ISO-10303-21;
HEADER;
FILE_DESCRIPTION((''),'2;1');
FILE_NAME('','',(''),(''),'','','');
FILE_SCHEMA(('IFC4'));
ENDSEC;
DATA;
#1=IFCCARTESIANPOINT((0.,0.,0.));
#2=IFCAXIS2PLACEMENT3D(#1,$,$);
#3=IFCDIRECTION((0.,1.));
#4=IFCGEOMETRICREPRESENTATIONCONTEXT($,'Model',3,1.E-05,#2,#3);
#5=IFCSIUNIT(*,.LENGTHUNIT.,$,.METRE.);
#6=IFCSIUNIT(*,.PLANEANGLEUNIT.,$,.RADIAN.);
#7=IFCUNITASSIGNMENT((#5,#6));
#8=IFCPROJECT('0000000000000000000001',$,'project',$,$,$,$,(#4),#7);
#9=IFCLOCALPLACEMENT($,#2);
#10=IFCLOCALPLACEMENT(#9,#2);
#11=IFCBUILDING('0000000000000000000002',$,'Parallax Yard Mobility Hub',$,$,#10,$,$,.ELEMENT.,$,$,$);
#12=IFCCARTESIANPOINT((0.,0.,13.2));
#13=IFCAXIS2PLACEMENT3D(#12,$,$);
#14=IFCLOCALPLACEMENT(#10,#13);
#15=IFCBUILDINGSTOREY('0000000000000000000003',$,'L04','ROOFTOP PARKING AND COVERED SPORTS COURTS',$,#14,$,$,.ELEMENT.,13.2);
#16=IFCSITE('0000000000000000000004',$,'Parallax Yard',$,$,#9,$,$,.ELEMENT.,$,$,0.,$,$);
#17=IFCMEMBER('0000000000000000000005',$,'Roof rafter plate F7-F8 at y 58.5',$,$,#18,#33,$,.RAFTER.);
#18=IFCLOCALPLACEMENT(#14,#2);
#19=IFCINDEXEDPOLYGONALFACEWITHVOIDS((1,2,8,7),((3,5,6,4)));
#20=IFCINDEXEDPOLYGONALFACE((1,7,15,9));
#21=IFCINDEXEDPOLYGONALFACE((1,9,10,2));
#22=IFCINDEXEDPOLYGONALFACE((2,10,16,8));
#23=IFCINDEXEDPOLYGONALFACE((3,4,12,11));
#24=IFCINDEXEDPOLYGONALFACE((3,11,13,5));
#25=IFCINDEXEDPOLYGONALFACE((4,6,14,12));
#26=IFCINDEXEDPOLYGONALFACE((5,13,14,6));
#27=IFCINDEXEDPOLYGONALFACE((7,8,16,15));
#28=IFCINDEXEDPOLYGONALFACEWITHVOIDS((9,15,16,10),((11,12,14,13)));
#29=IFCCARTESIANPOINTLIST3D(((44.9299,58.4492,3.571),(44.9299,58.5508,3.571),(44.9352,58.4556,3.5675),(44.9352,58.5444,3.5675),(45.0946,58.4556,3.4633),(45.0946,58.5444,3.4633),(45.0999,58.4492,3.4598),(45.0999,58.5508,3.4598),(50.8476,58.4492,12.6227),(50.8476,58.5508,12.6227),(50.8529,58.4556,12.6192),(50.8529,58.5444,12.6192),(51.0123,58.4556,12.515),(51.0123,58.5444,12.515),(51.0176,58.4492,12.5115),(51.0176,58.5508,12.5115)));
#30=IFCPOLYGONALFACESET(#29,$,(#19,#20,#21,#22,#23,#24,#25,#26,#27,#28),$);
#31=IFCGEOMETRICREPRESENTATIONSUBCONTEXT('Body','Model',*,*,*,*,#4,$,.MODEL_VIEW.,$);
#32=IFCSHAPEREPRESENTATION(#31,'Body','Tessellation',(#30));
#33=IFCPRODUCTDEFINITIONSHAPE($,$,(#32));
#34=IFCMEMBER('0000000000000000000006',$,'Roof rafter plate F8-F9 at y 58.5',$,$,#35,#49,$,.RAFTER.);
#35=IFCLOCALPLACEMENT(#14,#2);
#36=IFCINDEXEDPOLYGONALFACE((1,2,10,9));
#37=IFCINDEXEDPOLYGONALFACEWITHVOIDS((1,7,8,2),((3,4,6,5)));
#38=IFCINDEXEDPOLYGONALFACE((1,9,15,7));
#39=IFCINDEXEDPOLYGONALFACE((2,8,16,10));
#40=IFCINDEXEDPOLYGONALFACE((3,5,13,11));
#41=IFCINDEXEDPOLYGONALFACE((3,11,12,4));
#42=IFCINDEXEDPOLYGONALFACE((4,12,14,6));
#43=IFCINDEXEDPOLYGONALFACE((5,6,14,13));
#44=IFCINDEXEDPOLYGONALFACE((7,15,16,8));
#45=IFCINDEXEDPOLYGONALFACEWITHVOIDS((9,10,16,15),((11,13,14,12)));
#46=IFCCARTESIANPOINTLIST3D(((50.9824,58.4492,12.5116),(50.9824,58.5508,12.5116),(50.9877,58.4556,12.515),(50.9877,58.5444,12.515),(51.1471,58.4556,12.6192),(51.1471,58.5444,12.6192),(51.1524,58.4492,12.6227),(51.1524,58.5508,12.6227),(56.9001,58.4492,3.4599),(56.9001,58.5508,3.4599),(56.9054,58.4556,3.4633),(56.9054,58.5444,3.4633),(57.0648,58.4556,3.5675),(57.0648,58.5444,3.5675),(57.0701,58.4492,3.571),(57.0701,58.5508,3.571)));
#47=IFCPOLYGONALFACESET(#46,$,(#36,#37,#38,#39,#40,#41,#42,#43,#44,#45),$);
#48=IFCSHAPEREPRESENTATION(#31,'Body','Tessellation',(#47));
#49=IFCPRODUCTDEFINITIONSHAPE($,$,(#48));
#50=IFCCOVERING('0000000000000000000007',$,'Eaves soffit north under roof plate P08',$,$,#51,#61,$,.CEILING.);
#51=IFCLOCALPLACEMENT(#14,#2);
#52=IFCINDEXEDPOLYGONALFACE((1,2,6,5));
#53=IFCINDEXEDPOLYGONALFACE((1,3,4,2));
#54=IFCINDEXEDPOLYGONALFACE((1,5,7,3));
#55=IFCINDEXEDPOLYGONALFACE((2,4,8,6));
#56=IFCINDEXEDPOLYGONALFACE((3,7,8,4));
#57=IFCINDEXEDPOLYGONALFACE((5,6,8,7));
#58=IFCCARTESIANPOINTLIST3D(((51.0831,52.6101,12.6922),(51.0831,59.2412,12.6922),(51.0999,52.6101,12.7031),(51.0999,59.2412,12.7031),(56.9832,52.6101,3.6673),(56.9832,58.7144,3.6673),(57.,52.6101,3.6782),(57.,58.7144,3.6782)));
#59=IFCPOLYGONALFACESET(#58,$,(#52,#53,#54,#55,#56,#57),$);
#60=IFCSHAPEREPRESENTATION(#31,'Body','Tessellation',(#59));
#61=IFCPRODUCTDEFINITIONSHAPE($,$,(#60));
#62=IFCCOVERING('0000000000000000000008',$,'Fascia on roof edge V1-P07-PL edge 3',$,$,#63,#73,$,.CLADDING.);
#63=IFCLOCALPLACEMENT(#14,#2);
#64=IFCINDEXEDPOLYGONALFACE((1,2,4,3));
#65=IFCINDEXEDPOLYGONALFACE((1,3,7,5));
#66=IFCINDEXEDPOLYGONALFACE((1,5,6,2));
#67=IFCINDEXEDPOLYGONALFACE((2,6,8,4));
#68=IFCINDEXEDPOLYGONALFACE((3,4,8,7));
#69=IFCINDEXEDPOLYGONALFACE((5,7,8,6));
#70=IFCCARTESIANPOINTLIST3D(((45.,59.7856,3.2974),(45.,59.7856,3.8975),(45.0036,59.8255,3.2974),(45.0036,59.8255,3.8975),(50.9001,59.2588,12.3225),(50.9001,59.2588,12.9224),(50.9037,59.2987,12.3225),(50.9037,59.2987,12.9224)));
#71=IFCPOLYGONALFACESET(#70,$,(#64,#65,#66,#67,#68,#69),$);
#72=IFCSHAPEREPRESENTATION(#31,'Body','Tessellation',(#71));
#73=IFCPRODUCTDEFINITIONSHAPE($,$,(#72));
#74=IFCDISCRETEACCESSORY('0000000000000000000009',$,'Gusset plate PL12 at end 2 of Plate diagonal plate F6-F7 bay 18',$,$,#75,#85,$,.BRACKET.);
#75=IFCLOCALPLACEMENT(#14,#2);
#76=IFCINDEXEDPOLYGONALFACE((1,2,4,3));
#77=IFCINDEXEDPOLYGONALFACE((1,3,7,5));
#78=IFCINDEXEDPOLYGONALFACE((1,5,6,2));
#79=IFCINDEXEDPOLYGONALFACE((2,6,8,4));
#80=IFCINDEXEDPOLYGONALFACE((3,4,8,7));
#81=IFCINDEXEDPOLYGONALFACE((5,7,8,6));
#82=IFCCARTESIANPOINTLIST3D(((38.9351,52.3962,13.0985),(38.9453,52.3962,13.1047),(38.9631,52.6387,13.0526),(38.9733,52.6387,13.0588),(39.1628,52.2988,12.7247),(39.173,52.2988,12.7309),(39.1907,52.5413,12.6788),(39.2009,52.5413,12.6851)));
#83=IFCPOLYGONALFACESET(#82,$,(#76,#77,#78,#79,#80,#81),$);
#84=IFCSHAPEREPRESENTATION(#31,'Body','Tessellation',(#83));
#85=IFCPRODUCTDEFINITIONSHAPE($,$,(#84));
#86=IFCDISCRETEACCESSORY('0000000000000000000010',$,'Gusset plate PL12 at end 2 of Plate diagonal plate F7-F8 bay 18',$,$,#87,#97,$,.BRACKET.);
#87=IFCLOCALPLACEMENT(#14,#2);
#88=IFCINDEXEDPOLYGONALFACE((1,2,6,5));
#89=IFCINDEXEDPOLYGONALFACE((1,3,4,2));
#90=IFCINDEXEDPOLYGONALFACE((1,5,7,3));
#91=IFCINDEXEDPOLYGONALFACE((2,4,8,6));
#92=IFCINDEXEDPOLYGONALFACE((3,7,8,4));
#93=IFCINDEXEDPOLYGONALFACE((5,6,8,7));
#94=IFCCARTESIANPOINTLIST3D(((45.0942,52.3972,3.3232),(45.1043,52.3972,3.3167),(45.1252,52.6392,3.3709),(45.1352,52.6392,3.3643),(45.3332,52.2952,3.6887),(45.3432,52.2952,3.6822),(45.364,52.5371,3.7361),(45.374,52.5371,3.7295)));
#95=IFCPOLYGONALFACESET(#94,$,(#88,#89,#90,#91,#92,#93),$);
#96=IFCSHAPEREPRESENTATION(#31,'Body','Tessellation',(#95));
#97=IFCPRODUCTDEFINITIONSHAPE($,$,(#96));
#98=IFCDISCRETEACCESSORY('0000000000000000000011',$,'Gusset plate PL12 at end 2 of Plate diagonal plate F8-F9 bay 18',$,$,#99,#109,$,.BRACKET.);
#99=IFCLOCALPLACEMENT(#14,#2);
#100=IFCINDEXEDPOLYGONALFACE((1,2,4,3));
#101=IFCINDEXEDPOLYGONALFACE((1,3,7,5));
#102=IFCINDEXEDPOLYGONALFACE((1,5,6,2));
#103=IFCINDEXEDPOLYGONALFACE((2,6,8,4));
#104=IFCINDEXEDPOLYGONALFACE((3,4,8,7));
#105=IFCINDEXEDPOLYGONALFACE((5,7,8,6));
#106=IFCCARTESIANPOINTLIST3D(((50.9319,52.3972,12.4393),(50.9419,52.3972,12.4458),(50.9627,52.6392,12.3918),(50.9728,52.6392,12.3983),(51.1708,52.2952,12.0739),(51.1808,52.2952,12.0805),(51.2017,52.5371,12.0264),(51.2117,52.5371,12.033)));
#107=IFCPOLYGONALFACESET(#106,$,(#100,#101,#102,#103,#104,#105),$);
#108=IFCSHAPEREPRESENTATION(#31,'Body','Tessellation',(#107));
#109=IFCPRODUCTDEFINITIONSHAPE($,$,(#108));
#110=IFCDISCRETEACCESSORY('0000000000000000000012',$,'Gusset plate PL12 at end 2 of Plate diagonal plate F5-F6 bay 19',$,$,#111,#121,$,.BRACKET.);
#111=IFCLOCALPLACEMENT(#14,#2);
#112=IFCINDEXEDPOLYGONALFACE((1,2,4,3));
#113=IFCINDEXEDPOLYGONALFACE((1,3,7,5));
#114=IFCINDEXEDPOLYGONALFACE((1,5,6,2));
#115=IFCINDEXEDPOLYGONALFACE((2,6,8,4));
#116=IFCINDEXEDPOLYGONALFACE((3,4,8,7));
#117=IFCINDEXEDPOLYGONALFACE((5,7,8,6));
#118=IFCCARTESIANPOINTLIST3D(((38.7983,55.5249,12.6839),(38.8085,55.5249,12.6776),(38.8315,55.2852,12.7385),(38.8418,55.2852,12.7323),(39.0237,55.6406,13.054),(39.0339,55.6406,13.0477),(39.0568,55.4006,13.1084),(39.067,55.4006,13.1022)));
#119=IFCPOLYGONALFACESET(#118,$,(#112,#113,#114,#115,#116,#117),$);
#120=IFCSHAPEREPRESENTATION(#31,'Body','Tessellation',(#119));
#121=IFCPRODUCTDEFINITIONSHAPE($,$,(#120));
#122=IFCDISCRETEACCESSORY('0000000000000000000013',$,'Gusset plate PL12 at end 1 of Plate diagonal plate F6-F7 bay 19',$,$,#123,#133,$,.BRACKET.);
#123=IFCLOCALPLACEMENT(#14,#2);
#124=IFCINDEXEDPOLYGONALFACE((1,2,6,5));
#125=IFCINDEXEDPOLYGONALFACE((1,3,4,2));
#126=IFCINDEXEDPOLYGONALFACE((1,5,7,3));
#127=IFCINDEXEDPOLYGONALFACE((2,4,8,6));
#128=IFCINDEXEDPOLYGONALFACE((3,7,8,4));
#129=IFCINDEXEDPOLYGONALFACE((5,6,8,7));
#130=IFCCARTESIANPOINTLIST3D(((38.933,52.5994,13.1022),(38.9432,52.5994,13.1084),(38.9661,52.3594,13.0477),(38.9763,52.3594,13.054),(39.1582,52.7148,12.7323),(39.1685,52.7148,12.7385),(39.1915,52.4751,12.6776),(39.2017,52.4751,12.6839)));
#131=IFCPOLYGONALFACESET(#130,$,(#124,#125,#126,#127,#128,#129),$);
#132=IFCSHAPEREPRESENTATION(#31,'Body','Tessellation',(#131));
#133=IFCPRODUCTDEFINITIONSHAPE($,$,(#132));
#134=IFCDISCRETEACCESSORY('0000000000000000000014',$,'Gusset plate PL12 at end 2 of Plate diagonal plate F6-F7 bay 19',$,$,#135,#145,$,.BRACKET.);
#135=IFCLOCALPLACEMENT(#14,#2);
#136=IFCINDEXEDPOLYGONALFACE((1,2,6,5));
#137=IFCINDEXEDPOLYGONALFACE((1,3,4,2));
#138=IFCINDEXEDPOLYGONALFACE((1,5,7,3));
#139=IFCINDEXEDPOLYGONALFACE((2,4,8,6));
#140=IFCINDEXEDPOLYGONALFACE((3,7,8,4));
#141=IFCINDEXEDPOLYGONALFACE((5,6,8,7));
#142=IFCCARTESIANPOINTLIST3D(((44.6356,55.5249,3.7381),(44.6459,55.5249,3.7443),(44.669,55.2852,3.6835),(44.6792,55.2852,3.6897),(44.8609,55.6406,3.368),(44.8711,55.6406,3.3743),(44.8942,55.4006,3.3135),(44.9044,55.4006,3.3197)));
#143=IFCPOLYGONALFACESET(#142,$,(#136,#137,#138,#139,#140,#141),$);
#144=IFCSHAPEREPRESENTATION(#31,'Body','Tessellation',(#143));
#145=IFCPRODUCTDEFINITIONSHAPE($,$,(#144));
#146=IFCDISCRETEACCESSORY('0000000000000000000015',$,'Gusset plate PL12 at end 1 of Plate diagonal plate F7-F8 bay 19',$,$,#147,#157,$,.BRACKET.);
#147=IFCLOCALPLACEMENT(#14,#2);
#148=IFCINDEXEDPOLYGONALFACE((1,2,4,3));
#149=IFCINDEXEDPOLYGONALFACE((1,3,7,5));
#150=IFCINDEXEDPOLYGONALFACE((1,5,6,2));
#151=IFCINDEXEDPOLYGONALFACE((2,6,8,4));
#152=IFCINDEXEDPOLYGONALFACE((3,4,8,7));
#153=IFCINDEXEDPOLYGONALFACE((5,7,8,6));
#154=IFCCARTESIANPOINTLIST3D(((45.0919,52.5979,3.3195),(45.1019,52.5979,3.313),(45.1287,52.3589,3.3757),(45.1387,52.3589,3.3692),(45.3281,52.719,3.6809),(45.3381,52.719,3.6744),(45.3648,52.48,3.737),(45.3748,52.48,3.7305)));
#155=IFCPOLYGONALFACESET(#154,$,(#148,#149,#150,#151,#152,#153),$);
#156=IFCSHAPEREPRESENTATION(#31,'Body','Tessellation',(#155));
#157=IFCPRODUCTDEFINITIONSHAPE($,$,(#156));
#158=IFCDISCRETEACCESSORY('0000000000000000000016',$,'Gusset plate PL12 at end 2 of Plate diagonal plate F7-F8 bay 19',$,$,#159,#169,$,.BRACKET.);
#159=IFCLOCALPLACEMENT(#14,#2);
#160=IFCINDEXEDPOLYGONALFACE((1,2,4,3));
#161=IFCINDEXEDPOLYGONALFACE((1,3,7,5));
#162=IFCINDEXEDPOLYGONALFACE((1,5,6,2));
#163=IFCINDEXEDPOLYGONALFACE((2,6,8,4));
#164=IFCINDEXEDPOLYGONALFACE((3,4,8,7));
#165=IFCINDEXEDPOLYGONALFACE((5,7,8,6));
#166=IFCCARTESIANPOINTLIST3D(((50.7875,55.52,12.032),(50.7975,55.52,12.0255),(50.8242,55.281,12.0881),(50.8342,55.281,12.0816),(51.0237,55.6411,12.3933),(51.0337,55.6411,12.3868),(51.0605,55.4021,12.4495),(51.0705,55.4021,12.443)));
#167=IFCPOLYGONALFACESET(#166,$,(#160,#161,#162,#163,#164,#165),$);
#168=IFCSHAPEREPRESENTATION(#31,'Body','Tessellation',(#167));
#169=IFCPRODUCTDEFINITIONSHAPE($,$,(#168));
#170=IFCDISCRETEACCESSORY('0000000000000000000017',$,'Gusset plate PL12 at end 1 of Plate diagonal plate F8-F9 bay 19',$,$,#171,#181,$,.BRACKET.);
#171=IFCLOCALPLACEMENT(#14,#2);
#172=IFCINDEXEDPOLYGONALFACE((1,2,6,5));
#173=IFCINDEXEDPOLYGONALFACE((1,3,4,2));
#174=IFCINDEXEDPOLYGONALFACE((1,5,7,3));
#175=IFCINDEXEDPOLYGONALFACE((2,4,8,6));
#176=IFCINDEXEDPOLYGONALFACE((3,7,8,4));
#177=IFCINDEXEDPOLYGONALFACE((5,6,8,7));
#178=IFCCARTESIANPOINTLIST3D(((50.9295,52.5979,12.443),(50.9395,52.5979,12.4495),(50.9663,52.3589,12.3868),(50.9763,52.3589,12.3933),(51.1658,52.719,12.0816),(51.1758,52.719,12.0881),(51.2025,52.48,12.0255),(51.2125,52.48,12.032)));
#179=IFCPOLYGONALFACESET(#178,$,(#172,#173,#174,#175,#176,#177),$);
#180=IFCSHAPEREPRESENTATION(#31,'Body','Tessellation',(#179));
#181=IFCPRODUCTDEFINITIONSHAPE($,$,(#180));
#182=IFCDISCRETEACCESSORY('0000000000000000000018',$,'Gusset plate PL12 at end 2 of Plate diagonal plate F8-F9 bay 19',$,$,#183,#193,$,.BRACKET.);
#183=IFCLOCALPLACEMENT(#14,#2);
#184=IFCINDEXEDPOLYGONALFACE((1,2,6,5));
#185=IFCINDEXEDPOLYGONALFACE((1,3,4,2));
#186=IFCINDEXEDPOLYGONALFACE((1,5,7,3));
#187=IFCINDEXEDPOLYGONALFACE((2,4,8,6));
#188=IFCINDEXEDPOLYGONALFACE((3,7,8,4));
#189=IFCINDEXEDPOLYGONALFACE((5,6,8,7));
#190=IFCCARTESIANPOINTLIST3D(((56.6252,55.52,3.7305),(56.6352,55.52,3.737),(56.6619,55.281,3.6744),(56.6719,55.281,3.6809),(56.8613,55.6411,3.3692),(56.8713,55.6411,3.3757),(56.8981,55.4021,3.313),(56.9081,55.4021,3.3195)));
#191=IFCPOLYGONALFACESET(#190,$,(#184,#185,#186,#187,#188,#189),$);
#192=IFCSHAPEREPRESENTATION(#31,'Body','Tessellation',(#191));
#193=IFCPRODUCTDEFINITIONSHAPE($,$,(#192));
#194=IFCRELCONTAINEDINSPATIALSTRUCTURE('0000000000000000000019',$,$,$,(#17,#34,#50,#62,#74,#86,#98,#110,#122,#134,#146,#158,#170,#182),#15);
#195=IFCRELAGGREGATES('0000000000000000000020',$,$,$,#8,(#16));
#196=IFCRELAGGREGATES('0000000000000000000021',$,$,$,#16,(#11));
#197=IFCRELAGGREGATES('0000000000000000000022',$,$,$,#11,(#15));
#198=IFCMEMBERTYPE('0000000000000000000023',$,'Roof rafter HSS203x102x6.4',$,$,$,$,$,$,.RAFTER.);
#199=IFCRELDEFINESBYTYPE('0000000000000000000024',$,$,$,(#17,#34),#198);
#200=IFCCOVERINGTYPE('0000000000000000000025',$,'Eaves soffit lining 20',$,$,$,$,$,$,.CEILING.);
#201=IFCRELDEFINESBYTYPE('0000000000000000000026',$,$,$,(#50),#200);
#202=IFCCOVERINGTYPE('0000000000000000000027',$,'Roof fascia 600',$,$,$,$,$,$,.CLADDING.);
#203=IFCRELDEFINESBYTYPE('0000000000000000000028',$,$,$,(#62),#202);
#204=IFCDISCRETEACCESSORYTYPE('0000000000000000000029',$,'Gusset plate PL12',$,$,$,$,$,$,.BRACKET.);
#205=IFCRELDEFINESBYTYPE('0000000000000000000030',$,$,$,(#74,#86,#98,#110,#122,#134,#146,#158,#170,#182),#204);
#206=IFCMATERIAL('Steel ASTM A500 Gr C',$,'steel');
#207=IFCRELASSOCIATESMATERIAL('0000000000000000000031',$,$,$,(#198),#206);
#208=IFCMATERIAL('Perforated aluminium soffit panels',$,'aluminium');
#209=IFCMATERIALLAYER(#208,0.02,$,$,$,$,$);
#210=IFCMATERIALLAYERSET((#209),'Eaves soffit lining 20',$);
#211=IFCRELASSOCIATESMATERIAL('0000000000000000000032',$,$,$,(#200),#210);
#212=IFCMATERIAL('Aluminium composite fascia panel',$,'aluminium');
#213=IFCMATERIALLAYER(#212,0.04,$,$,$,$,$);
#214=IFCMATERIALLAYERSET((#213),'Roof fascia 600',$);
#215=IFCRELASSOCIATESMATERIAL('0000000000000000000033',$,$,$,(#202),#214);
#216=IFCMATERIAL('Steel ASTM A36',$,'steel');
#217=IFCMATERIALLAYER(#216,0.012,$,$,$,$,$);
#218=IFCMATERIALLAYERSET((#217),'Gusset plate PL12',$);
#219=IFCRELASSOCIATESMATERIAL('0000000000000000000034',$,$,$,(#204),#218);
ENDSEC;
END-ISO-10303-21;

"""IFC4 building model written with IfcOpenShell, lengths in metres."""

from ifc_helpers import new_model, si_unit, direction, frame, origin, origin_2d, place, context, subcontext, project, spatial, polyline, hollow_rectangle, outline, extrude, material, layer, layer_set, material_profile, profile_set, type_object, element, save


model = new_model("IFC4")

# Units and contexts
model_context = context("Model", 3, precision=1e-05, world=origin(), true_north=direction((0.0, 1.0)))
body_context = subcontext(model_context, "Body", "Model", "MODEL_VIEW")
ifc_project = project(units=[si_unit("LENGTHUNIT", "METRE"), si_unit("PLANEANGLEUNIT", "RADIAN")], contexts=[model_context])

# Site, building, storey
site_placement = place(None, origin())
site = spatial("IfcSite", under=ifc_project, at=site_placement, Name="Parallax Yard", CompositionType="ELEMENT", RefElevation=0.0)
building_placement = place(site_placement, origin())
building = spatial("IfcBuilding", under=site, at=building_placement, Name="Parallax Yard Mobility Hub", CompositionType="ELEMENT")
storey_placement = place(building_placement, frame((0.0, 0.0, 13.2)))
storey = spatial("IfcBuildingStorey", under=building, at=storey_placement, Name="L04", Description="ROOFTOP PARKING AND COVERED SPORTS COURTS", CompositionType="ELEMENT", Elevation=13.2)

# Shared definitions
ifc_material_1 = material(Name="Steel ASTM A500 Gr C", Category="steel")

# Members
ifc_material_profile_1 = material_profile(ifc_material_1, hollow_rectangle(XDim=0.1016, YDim=0.2031, WallThickness=0.0063, at=origin_2d()), Name="HSS203x102x6.4")
ifc_profile_set_1 = profile_set([ifc_material_profile_1], Name="Steel ASTM A500 Gr C")
member_type_1 = type_object("IfcMemberType", Name="Roof rafter HSS203x102x6.4", PredefinedType="RAFTER", material=ifc_profile_set_1)
for number, where, z_axis, x_axis, name in (
    (1, (45.0149, 58.5, 3.5154), (0.547202, 0.0, 0.837001), (0.0, 1.0, 0.0), "Roof rafter plate F7-F8 at y 58.5"),
    (2, (51.0674, 58.5, 12.5671), (0.547202, 0.0, -0.837001), (0.0, 1.0, 0.0), "Roof rafter plate F8-F9 at y 58.5"),
):
    element("IfcMember", number, at=place(storey_placement, frame(where, z_axis=z_axis, x_axis=x_axis)), inside=storey, type_object=member_type_1, Name=name, PredefinedType="RAFTER", context=body_context, shape_type="SweptSolid", body=[
        extrude(hollow_rectangle(XDim=0.1016, YDim=0.2031, WallThickness=0.0063, at=origin_2d()), origin(), (0.0, 0.0, 1.0), 10.8145),
    ])

# Coverings
ifc_material_2 = material(Name="Perforated aluminium soffit panels", Category="aluminium")
ifc_layer_1 = layer(ifc_material_2, 0.02)
ifc_layer_set_1 = layer_set([ifc_layer_1], Name="Eaves soffit lining 20")
covering_type_1 = type_object("IfcCoveringType", Name="Eaves soffit lining 20", PredefinedType="CEILING", material=ifc_layer_set_1)
covering_1_placement = place(storey_placement, frame((51.0999, 59.2412, 12.7031), z_axis=(0.837002, 0.0, 0.547201), x_axis=(0.546548, -0.048804, -0.836004)))
element("IfcCovering", 3, at=covering_1_placement, inside=storey, type_object=covering_type_1, Name="Eaves soffit north under roof plate P08", PredefinedType="CEILING", context=body_context, shape_type="SweptSolid", body=[
    extrude(outline(polyline([(0.0, 0.0), (10.7953, 0.0), (11.0932, -6.097), (0.3236, -6.6232), (0.0, 0.0)])), origin(), (0.0, 0.0, -1.0), 0.02),
])
ifc_material_3 = material(Name="Aluminium composite fascia panel", Category="aluminium")
ifc_layer_2 = layer(ifc_material_3, 0.04)
ifc_layer_set_2 = layer_set([ifc_layer_2], Name="Roof fascia 600")
covering_type_2 = type_object("IfcCoveringType", Name="Roof fascia 600", PredefinedType="CLADDING", material=ifc_layer_set_2)
covering_2_placement = place(storey_placement, frame((50.9001, 59.2588, 12.9224), z_axis=(-0.088941, -0.996037, 0.0), x_axis=(-0.546548, 0.048804, -0.836004)))
element("IfcCovering", 4, at=covering_2_placement, inside=storey, type_object=covering_type_2, Name="Fascia on roof edge V1-P07-PL edge 3", PredefinedType="CLADDING", context=body_context, shape_type="SweptSolid", body=[
    extrude(outline(polyline([(0.0, 0.0), (10.7953, 0.0), (11.297, 0.3293), (0.5015, 0.3292), (0.0, 0.0)])), origin(), (0.0, 0.0, -1.0), 0.04),
])

# Discrete accessories
ifc_material_4 = material(Name="Steel ASTM A36", Category="steel")
ifc_layer_3 = layer(ifc_material_4, 0.012)
ifc_layer_set_3 = layer_set([ifc_layer_3], Name="Gusset plate PL12")
discrete_accessory_type = type_object("IfcDiscreteAccessoryType", Name="Gusset plate PL12", PredefinedType="BRACKET", material=ifc_layer_set_3)
discrete_accessory_1_placement = place(storey_placement, frame((39.2009, 52.5413, 12.6851), z_axis=(0.854054, 0.000006, 0.520185), x_axis=(-0.507757, 0.217292, 0.833647)))
element("IfcDiscreteAccessory", 5, at=discrete_accessory_1_placement, inside=storey, type_object=discrete_accessory_type, Name="Gusset plate PL12 at end 2 of Plate diagonal plate F6-F7 bay 18", PredefinedType="BRACKET", context=body_context, shape_type="SweptSolid", body=[
    extrude(outline(polyline([(0.0, 0.0), (0.4483, 0.0), (0.4481, 0.2483), (-0.0003, 0.2483), (0.0, 0.0)])), origin(), (0.0, 0.0, -1.0), 0.012),
])
discrete_accessory_2_placement = place(storey_placement, frame((45.364, 52.5371, 3.7361), z_axis=(-0.837034, -0.000541, 0.547151), x_axis=(-0.532878, 0.227725, -0.814974)))
element("IfcDiscreteAccessory", 6, at=discrete_accessory_2_placement, inside=storey, type_object=discrete_accessory_type, Name="Gusset plate PL12 at end 2 of Plate diagonal plate F7-F8 bay 18", PredefinedType="BRACKET", context=body_context, shape_type="SweptSolid", body=[
    extrude(outline(polyline([(0.0, 0.0), (0.4481, 0.0), (0.4484, 0.2485), (-0.0001, 0.2484), (0.0, 0.0)])), origin(), (0.0, 0.0, -1.0), 0.012),
])
discrete_accessory_3_placement = place(storey_placement, frame((51.2117, 52.5371, 12.033), z_axis=(0.837034, 0.000541, 0.547151), x_axis=(-0.532891, 0.227624, 0.814994)))
element("IfcDiscreteAccessory", 7, at=discrete_accessory_3_placement, inside=storey, type_object=discrete_accessory_type, Name="Gusset plate PL12 at end 2 of Plate diagonal plate F8-F9 bay 18", PredefinedType="BRACKET", context=body_context, shape_type="SweptSolid", body=[
    extrude(outline(polyline([(0.0, 0.0), (0.4483, 0.0), (0.4484, 0.2485), (0.0001, 0.2485), (0.0, 0.0)])), origin(), (0.0, 0.0, -1.0), 0.012),
])
for number, where, z_axis, x_axis, name in (
    (8, (38.8315, 55.2852, 12.7385), (-0.854082, 0.000098, 0.520139), (0.502603, 0.257626, 0.825239), "Gusset plate PL12 at end 2 of Plate diagonal plate F5-F6 bay 19"),
    (9, (39.1685, 52.7148, 12.7385), (0.854082, -0.000098, 0.520139), (-0.502603, -0.257626, 0.825239), "Gusset plate PL12 at end 1 of Plate diagonal plate F6-F7 bay 19"),
):
    element("IfcDiscreteAccessory", number, at=place(storey_placement, frame(where, z_axis=z_axis, x_axis=x_axis)), inside=storey, type_object=discrete_accessory_type, Name=name, PredefinedType="BRACKET", context=body_context, shape_type="SweptSolid", body=[
        extrude(outline(polyline([(0.0, 0.0), (0.4482, 0.0), (0.4485, 0.2483), (-0.0001, 0.2481), (0.0, 0.0)])), origin(), (0.0, 0.0, -1.0), 0.012),
    ])
discrete_accessory_4_placement = place(storey_placement, frame((44.6792, 55.2852, 3.6897), z_axis=(0.854142, 0.000368, 0.52004), x_axis=(0.502405, 0.257626, -0.82536)))
element("IfcDiscreteAccessory", 10, at=discrete_accessory_4_placement, inside=storey, type_object=discrete_accessory_type, Name="Gusset plate PL12 at end 2 of Plate diagonal plate F6-F7 bay 19", PredefinedType="BRACKET", context=body_context, shape_type="SweptSolid", body=[
    extrude(outline(polyline([(0.0, 0.0), (0.4482, 0.0), (0.4483, 0.2484), (-0.0001, 0.2481), (0.0, 0.0)])), origin(), (0.0, 0.0, -1.0), 0.012),
])
for number, where, z_axis, x_axis, name in (
    (11, (45.3281, 52.719, 3.6809), (-0.837002, -0.000115, 0.5472), (-0.526844, -0.270051, -0.805921), "Gusset plate PL12 at end 1 of Plate diagonal plate F7-F8 bay 19"),
    (12, (50.8242, 55.281, 12.0881), (-0.837002, -0.000115, 0.5472), (0.526844, 0.270051, 0.805921), "Gusset plate PL12 at end 2 of Plate diagonal plate F7-F8 bay 19"),
    (13, (51.1758, 52.719, 12.0881), (0.837002, 0.000115, 0.5472), (-0.526844, -0.270051, 0.805921), "Gusset plate PL12 at end 1 of Plate diagonal plate F8-F9 bay 19"),
    (14, (56.6719, 55.281, 3.6809), (0.837002, 0.000115, 0.5472), (0.526844, 0.270051, -0.805921), "Gusset plate PL12 at end 2 of Plate diagonal plate F8-F9 bay 19"),
):
    element("IfcDiscreteAccessory", number, at=place(storey_placement, frame(where, z_axis=z_axis, x_axis=x_axis)), inside=storey, type_object=discrete_accessory_type, Name=name, PredefinedType="BRACKET", context=body_context, shape_type="SweptSolid", body=[
        extrude(outline(polyline([(0.0, 0.0), (0.4484, 0.0), (0.4483, 0.2483), (0.0, 0.2482), (0.0, 0.0)])), origin(), (0.0, 0.0, -1.0), 0.012),
    ])

save(model, "model.ifc")
